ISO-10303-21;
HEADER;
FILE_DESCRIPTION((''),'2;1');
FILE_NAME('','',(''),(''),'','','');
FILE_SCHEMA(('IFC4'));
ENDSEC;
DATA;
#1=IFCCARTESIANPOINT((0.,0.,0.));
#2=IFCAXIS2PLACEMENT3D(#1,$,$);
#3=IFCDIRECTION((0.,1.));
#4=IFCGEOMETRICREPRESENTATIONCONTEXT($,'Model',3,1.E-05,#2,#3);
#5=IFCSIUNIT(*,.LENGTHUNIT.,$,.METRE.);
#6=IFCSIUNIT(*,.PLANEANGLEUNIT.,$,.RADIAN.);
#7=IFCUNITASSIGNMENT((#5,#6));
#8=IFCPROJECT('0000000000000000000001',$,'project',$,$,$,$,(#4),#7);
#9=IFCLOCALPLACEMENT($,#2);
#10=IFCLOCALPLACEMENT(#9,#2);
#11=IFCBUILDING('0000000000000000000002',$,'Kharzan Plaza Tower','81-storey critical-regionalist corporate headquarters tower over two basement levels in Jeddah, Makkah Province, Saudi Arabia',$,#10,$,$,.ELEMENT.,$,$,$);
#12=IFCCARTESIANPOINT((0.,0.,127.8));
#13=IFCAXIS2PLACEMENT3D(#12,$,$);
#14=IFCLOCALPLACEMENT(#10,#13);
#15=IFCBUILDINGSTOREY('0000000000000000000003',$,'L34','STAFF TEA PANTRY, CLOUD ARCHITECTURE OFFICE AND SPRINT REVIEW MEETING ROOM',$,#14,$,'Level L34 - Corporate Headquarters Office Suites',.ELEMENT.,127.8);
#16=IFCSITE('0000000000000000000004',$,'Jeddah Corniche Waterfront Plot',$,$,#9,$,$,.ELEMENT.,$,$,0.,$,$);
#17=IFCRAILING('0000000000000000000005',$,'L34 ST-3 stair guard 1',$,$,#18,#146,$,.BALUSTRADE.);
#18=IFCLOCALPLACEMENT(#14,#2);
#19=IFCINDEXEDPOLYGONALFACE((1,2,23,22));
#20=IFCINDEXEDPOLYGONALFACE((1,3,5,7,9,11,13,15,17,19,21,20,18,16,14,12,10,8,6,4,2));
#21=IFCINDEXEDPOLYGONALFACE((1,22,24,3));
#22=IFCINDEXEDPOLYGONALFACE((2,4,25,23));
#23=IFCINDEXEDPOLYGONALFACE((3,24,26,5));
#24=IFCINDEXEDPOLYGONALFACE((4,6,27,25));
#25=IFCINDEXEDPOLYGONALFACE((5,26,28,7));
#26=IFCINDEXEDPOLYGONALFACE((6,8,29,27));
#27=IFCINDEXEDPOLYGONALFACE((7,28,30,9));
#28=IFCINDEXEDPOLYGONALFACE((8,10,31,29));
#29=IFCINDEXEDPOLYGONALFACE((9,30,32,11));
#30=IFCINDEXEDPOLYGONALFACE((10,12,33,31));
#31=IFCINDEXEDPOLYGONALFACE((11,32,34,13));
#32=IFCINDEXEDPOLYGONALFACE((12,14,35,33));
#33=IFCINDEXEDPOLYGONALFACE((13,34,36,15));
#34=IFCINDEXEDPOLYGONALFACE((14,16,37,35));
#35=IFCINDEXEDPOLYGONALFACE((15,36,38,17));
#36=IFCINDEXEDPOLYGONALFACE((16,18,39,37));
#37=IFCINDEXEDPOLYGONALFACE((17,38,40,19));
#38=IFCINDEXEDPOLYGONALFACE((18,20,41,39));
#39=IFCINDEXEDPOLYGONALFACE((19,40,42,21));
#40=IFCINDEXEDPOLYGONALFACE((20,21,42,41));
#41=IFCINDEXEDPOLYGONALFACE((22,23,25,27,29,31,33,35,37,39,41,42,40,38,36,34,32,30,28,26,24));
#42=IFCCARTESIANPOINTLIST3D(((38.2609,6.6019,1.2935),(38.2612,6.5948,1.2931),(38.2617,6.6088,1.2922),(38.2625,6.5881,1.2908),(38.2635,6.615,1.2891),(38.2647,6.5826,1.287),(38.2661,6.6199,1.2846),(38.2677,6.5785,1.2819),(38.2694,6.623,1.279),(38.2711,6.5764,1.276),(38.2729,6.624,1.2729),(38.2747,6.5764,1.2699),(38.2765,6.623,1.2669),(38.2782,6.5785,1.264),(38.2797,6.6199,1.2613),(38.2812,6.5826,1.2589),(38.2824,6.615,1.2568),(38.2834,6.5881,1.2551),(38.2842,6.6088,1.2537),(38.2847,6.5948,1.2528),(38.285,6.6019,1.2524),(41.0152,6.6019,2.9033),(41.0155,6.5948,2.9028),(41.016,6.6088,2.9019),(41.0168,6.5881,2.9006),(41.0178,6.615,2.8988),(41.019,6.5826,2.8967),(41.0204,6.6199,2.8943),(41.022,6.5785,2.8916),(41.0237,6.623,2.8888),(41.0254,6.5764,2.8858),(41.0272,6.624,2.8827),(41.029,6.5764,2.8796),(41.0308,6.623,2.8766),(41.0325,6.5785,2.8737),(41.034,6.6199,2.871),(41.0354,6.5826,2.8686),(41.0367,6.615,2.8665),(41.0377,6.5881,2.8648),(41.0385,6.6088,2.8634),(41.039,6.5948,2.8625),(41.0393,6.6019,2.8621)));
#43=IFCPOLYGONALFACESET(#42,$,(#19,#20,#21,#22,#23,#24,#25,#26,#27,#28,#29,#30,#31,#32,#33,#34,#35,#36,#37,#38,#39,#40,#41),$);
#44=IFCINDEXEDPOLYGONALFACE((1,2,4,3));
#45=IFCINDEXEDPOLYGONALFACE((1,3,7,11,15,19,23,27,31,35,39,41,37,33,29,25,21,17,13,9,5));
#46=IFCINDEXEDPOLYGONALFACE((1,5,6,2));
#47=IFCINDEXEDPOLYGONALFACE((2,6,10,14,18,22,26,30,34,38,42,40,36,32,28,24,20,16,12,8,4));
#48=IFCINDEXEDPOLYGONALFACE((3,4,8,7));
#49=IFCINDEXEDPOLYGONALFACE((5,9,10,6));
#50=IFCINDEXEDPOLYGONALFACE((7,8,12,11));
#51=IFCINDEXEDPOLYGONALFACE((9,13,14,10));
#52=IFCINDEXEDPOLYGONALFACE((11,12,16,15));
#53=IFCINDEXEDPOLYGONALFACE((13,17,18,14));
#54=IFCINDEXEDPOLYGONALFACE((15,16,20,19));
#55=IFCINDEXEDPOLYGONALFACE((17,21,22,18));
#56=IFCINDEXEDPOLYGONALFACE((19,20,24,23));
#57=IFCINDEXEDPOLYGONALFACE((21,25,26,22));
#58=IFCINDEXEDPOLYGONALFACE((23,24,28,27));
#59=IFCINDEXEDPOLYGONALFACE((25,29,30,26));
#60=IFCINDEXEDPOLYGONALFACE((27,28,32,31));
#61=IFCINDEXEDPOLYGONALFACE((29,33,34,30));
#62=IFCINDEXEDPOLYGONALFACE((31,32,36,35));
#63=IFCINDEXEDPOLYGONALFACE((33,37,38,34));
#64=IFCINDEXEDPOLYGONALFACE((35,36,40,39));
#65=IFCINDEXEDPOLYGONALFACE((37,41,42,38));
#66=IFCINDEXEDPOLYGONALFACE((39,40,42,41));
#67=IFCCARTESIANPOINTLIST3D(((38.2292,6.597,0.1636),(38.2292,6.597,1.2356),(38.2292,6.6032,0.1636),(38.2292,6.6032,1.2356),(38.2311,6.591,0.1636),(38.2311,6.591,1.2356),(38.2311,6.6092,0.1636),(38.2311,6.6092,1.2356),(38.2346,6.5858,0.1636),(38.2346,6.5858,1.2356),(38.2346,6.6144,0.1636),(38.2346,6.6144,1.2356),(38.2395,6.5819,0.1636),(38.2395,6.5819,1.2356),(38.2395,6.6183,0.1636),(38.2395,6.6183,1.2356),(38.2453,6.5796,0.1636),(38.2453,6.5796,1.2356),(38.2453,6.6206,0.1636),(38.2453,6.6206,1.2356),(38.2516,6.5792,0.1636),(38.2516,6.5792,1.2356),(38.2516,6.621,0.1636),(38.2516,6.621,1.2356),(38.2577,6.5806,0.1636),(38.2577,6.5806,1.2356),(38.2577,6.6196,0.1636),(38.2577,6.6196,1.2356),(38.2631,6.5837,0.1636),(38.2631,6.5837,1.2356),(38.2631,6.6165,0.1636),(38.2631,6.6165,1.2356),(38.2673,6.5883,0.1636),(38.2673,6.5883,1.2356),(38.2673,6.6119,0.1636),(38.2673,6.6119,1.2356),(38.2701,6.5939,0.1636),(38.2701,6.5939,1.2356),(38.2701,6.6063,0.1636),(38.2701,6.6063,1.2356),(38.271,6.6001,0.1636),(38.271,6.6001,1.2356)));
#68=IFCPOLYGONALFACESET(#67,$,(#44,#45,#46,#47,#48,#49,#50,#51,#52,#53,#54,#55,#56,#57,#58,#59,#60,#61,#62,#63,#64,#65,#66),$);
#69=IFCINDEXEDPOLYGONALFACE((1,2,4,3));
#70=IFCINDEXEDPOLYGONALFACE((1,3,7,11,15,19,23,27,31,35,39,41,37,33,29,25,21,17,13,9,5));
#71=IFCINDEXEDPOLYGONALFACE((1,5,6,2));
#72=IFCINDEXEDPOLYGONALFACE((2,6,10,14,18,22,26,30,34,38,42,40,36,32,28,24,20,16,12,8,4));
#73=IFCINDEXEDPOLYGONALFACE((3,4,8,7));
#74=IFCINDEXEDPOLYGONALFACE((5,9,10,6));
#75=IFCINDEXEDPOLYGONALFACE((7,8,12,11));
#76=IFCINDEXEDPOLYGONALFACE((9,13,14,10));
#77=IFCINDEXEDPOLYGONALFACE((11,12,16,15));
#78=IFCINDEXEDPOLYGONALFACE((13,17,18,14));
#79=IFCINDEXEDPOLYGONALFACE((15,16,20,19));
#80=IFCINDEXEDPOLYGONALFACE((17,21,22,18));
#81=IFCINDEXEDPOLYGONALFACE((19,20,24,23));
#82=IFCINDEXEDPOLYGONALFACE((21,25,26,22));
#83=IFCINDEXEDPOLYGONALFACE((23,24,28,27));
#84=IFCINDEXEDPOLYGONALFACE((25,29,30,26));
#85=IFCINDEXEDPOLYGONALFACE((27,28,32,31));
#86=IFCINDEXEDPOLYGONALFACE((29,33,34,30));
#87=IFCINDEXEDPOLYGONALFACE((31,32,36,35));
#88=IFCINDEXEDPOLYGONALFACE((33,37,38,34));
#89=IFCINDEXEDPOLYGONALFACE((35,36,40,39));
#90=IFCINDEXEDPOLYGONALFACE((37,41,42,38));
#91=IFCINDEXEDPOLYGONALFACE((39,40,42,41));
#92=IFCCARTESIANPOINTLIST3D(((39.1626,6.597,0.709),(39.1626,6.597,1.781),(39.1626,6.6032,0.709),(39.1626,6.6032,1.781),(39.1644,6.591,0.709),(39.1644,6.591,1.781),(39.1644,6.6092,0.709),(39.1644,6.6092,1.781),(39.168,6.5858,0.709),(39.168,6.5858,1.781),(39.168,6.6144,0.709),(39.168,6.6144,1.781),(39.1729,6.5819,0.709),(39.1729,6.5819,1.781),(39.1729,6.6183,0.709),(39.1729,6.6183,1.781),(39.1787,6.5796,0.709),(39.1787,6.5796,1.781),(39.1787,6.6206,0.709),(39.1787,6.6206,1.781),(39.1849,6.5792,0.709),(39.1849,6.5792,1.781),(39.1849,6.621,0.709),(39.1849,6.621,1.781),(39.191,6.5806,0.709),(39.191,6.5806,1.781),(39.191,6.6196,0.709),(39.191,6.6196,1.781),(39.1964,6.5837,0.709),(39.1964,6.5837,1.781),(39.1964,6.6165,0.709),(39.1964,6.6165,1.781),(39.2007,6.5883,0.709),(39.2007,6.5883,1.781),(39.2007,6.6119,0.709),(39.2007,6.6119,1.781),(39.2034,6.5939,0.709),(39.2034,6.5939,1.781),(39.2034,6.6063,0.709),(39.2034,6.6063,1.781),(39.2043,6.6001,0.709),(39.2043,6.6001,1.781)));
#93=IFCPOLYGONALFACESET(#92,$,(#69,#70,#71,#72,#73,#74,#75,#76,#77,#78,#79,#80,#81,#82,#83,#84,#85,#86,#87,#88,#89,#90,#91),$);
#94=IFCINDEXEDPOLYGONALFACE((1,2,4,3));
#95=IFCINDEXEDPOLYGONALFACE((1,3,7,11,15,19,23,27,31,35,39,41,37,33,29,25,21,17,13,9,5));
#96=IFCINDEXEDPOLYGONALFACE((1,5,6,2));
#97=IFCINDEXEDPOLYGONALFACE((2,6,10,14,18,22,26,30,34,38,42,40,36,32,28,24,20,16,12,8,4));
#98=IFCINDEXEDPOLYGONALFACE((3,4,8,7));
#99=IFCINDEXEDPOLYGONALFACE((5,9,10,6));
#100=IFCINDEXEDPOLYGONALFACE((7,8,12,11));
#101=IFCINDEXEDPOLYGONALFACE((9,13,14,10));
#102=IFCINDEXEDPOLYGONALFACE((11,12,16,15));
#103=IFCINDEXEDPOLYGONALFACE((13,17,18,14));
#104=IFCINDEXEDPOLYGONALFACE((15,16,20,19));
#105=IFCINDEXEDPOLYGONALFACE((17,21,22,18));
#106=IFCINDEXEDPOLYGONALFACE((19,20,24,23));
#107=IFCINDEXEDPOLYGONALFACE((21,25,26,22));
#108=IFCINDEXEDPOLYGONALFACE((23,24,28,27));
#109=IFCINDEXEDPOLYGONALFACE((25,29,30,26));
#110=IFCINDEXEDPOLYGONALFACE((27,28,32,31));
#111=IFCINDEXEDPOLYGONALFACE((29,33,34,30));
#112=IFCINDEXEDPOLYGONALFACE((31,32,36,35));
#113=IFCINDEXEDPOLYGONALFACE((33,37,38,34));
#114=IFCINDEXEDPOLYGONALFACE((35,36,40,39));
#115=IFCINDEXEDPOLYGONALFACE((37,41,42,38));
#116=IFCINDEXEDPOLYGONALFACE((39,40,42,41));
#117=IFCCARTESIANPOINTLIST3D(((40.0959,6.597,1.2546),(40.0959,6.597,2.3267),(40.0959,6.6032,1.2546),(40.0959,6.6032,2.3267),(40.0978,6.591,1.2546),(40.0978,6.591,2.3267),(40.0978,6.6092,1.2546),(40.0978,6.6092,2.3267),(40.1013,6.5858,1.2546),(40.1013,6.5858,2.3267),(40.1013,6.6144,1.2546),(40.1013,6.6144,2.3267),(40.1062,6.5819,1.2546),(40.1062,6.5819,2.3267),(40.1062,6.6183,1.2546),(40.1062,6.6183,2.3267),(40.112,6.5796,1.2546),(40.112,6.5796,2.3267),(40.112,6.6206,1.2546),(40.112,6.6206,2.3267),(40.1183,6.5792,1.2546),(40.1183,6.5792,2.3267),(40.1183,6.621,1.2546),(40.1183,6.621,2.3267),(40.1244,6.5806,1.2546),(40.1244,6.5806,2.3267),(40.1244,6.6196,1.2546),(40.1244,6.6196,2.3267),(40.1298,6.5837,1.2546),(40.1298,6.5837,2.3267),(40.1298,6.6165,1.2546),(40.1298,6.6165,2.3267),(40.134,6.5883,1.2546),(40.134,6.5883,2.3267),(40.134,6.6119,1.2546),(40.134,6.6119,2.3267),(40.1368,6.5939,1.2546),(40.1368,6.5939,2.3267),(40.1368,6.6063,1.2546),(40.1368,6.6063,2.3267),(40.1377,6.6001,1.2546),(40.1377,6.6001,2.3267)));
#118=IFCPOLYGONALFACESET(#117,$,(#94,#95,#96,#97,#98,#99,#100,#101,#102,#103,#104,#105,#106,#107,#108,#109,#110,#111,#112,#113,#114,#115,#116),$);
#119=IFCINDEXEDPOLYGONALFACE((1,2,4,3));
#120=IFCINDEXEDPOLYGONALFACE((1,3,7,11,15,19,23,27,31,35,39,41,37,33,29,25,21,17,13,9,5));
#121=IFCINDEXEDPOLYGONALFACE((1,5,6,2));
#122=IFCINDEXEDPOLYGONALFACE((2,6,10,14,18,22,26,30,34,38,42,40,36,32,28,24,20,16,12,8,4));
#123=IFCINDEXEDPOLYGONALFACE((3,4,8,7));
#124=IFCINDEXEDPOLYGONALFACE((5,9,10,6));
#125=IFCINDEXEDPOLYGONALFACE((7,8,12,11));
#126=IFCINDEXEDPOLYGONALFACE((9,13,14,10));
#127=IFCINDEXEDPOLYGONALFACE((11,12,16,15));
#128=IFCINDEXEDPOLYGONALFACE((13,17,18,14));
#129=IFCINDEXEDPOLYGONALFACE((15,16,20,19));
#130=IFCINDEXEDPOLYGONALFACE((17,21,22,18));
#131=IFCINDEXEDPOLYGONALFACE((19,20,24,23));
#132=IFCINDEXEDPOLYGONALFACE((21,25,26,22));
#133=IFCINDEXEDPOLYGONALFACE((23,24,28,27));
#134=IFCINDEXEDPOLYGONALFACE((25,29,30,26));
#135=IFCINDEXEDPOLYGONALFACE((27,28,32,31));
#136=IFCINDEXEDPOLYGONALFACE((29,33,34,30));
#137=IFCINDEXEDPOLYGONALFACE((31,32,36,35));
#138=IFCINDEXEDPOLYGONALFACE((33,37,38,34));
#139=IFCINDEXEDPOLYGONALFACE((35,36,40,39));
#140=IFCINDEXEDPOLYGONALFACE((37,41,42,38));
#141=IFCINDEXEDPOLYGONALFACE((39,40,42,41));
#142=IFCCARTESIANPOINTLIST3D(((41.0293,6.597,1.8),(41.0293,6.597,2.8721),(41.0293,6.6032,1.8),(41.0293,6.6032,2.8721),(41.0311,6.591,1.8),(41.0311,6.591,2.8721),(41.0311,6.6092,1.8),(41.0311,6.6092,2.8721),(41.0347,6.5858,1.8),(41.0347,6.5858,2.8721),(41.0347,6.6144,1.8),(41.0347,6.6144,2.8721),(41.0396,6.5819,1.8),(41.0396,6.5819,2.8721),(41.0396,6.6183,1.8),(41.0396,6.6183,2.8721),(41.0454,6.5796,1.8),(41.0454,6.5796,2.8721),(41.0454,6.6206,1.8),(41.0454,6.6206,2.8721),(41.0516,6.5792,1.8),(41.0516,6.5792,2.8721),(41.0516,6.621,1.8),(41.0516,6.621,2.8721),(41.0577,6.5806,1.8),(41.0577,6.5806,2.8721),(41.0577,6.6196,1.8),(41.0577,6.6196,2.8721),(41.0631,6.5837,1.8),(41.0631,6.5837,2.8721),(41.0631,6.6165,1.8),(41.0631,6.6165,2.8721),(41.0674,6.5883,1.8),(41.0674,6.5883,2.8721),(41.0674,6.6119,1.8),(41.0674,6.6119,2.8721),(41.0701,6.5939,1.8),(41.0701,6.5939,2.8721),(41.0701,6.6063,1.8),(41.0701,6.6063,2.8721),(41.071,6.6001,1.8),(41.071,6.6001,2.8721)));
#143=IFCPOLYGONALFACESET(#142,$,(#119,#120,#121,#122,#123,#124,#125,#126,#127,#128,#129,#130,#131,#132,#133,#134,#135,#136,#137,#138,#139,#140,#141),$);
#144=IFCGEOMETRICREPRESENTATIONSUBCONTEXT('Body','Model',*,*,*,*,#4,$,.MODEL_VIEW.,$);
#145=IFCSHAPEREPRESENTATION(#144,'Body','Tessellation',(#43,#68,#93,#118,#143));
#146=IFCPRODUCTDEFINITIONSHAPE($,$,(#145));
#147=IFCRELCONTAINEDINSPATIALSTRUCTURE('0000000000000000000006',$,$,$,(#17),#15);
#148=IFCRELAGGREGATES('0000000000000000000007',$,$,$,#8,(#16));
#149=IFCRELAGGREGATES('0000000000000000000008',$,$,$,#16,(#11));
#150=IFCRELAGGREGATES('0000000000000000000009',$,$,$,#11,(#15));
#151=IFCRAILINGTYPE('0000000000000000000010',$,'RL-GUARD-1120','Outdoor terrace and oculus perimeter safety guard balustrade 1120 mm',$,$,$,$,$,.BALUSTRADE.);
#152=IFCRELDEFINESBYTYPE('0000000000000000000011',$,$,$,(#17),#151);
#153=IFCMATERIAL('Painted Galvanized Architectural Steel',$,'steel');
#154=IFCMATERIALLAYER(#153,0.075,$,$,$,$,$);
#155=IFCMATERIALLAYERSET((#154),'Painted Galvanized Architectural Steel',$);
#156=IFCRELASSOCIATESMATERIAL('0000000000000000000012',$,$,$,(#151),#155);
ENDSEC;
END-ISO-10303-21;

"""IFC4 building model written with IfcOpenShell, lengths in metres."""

from ifc_helpers import new_model, si_unit, direction, frame, origin, origin_2d, place, context, subcontext, project, spatial, circle, extrude, source, transform, mapped, material, layer, layer_set, type_object, element, save


model = new_model("IFC4")

# Units and contexts
model_context = context("Model", 3, precision=1e-05, world=origin(), true_north=direction((0.0, 1.0)))
body_context = subcontext(model_context, "Body", "Model", "MODEL_VIEW")
ifc_project = project(units=[si_unit("LENGTHUNIT", "METRE"), si_unit("PLANEANGLEUNIT", "RADIAN")], contexts=[model_context])

# Site, building, storey
site_placement = place(None, origin())
site = spatial("IfcSite", under=ifc_project, at=site_placement, Name="Jeddah Corniche Waterfront Plot", CompositionType="ELEMENT", RefElevation=0.0)
building_placement = place(site_placement, origin())
building = spatial("IfcBuilding", under=site, at=building_placement, Name="Kharzan Plaza Tower", Description="81-storey critical-regionalist corporate headquarters tower over two basement levels in Jeddah, Makkah Province, Saudi Arabia", CompositionType="ELEMENT")
storey_placement = place(building_placement, frame((0.0, 0.0, 127.8)))
storey = spatial("IfcBuildingStorey", under=building, at=storey_placement, Name="L34", Description="STAFF TEA PANTRY, CLOUD ARCHITECTURE OFFICE AND SPRINT REVIEW MEETING ROOM", LongName="Level L34 - Corporate Headquarters Office Suites", CompositionType="ELEMENT", Elevation=127.8)

# Railing
ifc_material_1 = material(Name="Painted Galvanized Architectural Steel", Category="steel")
ifc_layer_1 = layer(ifc_material_1, 0.075)
ifc_layer_set_1 = layer_set([ifc_layer_1], Name="Painted Galvanized Architectural Steel")
railing_type_1 = type_object("IfcRailingType", Name="RL-GUARD-1120", Description="Outdoor terrace and oculus perimeter safety guard balustrade 1120 mm", PredefinedType="BALUSTRADE", material=ifc_layer_set_1)
shared_shape_1 = source(origin(), body_context, "Body", "SweptSolid", [
    extrude(circle(Radius=0.0239, at=origin_2d()), frame((0.0229, 0.0, 1.1094), z_axis=(0.863361, 0.0, 0.504587), x_axis=(0.0, 1.0, 0.0)), (0.0, 0.0, 1.0), 3.1902),
    extrude(circle(Radius=0.021, at=origin_2d()), origin(), (0.0, 0.0, 1.0), 1.072),
    extrude(circle(Radius=0.021, at=origin_2d()), frame((0.9333, 0.0, 0.5454)), (0.0, 0.0, 1.0), 1.072),
    extrude(circle(Radius=0.021, at=origin_2d()), frame((1.8667, 0.0, 1.0911)), (0.0, 0.0, 1.0), 1.072),
    extrude(circle(Radius=0.021, at=origin_2d()), frame((2.8, 0.0, 1.6365)), (0.0, 0.0, 1.0), 1.072),
])
railing_1_placement = place(storey_placement, frame((38.25, 6.6001, 0.1636)))
element("IfcRailing", 1, at=railing_1_placement, inside=storey, type_object=railing_type_1, Name="L34 ST-3 stair guard 1", PredefinedType="BALUSTRADE", context=body_context, shape_type="MappedRepresentation", body=[
    mapped(shared_shape_1, transform((0.0, 0.0, 0.0), x_axis=(1.0, 0.0, 0.0), y_axis=(0.0, 1.0, 0.0), z_axis=(0.0, 0.0, 1.0))),
])

save(model, "model.ifc")
